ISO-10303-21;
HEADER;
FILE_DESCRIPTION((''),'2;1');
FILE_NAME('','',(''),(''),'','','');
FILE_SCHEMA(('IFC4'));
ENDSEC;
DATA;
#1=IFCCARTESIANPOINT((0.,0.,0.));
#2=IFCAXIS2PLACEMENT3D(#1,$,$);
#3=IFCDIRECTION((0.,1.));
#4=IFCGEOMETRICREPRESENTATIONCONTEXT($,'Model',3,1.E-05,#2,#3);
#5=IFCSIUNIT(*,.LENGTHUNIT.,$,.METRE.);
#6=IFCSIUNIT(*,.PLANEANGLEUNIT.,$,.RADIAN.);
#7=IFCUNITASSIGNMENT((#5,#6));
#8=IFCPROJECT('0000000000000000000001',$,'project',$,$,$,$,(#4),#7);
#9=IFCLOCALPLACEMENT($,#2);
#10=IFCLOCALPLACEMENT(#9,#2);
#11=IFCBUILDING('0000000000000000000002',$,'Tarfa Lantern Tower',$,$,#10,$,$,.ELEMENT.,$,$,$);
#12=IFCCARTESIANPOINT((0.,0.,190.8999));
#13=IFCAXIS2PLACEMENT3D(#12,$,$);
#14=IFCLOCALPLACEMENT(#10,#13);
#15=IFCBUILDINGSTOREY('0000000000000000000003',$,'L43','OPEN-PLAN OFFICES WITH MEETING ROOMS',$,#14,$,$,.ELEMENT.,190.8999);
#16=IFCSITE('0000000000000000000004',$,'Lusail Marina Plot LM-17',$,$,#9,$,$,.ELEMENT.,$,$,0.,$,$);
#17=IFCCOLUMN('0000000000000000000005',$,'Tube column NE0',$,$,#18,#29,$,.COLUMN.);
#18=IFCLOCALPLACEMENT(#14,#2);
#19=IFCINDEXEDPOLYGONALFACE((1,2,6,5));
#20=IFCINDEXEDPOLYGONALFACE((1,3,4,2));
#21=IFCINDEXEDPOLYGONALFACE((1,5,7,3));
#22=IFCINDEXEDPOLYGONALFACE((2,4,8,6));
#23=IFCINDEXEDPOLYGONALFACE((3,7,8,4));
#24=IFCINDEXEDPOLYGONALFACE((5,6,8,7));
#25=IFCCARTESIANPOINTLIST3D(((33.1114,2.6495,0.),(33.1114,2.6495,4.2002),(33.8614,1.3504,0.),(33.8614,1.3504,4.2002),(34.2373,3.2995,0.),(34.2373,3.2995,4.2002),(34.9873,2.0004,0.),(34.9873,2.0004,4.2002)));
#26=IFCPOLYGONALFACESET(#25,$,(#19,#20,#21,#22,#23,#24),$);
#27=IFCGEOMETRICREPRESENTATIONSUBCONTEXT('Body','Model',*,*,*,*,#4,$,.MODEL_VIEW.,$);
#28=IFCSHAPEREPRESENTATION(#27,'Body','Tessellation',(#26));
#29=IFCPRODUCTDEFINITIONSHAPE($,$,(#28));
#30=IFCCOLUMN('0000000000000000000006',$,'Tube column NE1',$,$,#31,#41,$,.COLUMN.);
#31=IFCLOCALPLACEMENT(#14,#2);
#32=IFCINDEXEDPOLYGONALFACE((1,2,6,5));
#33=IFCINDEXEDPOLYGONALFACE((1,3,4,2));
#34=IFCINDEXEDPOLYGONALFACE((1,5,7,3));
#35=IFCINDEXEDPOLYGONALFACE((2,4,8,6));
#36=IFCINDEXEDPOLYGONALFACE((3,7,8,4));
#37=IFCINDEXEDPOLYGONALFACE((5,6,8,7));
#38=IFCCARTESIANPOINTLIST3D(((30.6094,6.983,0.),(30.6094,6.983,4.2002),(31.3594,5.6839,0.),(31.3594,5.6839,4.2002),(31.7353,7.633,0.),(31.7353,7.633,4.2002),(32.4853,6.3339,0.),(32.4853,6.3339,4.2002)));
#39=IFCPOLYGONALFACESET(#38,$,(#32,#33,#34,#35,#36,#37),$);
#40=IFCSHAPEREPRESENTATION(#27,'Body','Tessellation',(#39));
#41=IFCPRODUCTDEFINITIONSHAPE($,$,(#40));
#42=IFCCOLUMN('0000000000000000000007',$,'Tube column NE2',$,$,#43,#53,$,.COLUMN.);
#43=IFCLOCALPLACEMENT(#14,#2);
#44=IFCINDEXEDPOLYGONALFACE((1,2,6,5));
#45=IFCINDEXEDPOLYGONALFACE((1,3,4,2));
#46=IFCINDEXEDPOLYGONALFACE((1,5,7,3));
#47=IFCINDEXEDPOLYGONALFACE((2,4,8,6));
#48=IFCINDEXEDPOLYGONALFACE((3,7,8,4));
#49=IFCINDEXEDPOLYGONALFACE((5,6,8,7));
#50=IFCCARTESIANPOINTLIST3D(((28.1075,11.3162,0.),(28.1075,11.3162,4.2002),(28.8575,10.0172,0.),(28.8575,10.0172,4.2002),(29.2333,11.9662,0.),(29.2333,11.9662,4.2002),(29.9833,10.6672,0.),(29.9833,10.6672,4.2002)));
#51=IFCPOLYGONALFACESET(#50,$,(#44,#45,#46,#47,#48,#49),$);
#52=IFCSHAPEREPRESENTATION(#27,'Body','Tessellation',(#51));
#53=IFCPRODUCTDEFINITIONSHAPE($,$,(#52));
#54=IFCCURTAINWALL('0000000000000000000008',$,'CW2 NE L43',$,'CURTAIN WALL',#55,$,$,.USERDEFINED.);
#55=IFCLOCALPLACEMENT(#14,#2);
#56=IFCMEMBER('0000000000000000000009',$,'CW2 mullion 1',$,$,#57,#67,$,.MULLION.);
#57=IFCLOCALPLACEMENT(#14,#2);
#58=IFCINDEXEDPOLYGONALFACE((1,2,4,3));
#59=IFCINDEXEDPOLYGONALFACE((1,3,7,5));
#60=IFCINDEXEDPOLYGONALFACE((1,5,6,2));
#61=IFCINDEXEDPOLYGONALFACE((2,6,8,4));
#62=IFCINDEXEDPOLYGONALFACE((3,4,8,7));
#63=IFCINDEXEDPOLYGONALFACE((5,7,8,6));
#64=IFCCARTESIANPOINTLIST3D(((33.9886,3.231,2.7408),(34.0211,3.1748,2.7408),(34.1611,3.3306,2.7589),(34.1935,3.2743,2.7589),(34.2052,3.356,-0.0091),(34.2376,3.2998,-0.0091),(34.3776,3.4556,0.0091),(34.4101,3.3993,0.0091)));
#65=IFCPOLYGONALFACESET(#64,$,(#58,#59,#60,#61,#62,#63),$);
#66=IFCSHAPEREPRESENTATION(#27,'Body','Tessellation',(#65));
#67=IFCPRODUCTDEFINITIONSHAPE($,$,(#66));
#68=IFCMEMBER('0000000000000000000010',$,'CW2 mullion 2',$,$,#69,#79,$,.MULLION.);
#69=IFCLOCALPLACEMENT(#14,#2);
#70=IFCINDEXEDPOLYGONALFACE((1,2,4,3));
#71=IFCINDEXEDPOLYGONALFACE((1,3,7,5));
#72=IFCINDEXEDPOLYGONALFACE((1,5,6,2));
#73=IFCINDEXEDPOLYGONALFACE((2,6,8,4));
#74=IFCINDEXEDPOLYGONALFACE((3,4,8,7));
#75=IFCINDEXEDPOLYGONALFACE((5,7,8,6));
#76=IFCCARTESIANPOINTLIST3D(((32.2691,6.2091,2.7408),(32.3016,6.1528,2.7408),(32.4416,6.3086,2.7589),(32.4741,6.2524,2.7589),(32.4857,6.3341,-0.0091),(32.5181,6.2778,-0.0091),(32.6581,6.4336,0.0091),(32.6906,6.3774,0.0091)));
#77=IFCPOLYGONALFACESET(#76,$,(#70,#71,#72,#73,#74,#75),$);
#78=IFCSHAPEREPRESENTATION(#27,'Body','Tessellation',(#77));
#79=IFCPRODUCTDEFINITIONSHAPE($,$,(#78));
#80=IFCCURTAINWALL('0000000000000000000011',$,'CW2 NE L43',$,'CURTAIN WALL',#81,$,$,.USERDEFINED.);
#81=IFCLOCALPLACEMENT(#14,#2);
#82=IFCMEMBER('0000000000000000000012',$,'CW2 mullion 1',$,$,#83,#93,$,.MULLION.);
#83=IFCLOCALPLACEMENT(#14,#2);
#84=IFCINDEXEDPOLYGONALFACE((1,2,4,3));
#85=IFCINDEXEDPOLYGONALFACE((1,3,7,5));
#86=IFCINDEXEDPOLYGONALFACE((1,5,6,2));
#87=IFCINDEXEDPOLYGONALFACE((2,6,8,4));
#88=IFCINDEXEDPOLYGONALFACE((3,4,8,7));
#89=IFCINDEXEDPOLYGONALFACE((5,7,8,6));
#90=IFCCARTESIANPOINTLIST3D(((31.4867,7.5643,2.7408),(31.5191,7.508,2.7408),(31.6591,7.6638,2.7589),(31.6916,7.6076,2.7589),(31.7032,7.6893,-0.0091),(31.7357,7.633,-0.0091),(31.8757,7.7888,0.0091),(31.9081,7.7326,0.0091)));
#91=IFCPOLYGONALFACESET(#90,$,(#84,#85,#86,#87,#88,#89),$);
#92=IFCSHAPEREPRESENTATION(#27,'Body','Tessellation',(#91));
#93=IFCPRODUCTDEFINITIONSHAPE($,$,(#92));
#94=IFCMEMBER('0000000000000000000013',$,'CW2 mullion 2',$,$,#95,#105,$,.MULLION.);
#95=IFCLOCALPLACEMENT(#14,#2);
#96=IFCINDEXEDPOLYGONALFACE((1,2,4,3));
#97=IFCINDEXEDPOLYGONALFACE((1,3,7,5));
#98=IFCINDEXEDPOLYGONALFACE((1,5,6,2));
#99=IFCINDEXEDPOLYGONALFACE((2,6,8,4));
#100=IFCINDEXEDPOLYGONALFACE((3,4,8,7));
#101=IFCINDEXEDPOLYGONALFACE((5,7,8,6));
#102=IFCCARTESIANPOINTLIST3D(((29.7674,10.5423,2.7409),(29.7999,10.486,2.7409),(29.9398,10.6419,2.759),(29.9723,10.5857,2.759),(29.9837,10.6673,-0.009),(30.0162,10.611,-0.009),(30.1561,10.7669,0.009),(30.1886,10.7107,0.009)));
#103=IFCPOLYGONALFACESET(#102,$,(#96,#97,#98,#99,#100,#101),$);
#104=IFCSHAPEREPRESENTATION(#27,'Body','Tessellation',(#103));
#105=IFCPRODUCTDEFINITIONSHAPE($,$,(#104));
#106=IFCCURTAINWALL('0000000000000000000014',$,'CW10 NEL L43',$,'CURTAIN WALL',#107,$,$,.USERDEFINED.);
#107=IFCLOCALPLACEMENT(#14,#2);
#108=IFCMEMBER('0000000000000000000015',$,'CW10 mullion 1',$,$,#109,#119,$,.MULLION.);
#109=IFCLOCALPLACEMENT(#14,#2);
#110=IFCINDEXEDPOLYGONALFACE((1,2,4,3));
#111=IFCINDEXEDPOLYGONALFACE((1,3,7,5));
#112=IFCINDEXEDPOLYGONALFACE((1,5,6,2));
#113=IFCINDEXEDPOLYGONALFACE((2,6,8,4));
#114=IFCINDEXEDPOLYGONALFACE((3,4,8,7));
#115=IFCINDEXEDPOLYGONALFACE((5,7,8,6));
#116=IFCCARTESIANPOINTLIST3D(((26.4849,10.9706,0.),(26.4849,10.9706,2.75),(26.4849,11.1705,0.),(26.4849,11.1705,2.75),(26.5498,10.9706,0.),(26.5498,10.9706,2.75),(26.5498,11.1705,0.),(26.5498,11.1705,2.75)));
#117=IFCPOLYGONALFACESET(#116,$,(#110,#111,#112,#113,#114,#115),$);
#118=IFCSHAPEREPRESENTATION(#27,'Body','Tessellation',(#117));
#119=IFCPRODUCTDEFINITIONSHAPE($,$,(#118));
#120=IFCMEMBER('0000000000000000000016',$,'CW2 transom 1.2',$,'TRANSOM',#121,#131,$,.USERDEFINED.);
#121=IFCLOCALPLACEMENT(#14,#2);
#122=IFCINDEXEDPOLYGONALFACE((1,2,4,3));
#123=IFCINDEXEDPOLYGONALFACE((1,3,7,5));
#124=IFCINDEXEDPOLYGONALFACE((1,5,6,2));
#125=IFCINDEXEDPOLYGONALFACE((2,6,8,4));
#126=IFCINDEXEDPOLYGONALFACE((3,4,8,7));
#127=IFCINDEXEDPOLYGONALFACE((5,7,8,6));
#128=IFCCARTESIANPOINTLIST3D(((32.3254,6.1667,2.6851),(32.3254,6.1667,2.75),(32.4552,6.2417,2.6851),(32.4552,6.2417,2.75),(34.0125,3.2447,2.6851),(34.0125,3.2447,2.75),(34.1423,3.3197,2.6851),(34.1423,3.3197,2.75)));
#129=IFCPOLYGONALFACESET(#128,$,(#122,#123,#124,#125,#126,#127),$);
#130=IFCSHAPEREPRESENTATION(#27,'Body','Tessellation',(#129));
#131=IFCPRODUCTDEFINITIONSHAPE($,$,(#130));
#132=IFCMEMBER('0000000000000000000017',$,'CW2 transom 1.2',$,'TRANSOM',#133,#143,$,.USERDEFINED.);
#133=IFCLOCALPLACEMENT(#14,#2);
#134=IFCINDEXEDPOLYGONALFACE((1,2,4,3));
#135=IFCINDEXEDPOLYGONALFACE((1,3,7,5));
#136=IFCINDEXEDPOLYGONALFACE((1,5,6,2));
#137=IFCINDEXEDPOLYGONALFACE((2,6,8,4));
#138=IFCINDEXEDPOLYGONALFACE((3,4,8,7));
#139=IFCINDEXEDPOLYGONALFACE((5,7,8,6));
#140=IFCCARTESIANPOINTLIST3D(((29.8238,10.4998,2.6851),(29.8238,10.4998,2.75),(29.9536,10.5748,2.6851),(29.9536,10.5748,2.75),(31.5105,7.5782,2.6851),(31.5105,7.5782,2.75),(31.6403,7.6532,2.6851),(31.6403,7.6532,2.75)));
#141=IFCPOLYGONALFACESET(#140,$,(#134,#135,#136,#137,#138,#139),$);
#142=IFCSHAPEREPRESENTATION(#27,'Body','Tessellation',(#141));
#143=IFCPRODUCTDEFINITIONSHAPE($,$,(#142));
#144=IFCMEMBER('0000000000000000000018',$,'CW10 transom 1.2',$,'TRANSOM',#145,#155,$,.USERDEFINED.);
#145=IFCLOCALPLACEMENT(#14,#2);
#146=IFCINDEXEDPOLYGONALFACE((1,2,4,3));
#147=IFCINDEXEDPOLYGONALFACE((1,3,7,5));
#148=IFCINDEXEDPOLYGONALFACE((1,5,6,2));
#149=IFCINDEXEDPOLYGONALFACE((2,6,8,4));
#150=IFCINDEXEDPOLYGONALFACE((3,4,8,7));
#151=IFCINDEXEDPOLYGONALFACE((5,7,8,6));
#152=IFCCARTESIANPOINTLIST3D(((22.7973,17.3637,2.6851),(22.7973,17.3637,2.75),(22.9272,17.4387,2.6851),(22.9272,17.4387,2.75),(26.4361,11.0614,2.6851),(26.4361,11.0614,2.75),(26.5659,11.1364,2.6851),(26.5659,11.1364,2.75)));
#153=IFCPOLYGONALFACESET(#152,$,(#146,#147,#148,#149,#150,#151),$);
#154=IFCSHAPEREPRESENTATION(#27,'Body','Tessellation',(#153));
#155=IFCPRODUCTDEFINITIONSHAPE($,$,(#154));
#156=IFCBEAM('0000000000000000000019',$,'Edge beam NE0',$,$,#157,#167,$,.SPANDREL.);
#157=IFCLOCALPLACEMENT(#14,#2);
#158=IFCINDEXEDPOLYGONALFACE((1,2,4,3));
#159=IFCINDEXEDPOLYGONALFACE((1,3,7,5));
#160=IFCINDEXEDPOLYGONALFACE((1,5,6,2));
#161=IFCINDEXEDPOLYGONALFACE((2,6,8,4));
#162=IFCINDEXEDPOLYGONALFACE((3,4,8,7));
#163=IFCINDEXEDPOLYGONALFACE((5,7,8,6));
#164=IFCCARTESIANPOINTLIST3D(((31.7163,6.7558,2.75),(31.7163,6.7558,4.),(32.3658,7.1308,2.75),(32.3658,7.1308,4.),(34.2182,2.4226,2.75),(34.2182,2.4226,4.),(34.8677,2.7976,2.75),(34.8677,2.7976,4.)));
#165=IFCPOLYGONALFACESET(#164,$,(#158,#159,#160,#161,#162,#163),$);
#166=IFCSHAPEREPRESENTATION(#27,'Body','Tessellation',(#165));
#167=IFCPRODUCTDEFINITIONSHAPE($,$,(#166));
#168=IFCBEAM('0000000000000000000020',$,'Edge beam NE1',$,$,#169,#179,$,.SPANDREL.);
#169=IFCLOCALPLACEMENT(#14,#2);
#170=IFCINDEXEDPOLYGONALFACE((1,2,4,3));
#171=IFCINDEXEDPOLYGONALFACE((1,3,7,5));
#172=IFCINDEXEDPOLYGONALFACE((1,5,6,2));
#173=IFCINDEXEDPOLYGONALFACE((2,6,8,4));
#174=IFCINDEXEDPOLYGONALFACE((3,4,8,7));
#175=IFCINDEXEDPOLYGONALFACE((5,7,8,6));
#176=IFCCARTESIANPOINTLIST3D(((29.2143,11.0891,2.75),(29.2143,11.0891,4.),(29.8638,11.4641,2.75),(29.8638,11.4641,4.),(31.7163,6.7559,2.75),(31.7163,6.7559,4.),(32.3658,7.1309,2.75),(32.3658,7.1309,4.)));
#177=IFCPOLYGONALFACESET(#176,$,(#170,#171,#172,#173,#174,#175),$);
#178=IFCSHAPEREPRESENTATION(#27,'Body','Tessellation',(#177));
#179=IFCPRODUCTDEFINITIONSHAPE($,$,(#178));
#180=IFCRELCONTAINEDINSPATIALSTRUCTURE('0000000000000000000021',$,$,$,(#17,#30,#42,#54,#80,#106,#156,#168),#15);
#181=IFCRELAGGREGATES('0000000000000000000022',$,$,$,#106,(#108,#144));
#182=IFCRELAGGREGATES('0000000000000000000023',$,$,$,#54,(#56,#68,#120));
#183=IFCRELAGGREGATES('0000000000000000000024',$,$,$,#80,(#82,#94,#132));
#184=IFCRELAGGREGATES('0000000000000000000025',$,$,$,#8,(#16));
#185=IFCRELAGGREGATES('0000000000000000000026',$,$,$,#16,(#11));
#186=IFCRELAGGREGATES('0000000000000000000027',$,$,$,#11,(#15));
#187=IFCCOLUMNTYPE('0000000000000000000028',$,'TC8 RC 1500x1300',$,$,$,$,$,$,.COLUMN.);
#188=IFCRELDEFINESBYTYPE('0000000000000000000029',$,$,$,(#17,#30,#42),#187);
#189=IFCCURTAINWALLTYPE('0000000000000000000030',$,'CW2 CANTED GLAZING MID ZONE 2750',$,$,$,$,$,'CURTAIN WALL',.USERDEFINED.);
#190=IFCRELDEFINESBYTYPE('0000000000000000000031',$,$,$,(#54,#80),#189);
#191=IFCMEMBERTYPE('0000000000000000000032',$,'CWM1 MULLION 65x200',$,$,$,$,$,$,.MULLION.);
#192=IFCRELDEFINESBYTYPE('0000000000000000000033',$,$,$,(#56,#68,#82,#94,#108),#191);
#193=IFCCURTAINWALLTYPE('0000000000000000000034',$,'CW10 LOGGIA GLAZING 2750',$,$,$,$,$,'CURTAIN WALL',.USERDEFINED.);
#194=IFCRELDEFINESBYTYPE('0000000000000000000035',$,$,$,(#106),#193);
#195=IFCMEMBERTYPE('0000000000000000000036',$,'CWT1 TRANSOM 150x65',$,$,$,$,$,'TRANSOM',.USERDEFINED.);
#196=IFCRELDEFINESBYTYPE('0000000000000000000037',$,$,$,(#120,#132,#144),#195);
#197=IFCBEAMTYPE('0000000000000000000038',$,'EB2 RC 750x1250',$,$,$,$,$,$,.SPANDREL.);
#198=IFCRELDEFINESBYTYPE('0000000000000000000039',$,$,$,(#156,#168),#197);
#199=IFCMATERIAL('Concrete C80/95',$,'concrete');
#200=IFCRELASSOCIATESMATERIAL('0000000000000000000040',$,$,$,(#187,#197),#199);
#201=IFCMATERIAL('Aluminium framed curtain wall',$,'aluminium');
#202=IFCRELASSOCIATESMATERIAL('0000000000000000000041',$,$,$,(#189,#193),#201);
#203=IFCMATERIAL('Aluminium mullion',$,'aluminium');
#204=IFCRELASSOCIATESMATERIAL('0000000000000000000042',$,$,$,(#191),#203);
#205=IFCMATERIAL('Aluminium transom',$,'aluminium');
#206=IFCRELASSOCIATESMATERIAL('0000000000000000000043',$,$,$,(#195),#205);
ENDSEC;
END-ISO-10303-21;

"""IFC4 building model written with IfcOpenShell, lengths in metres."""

from ifc_helpers import new_model, si_unit, direction, frame, origin, origin_2d, place, context, subcontext, project, spatial, rectangle, extrude, material, material_profile, profile_set, type_object, element, aggregate, save


model = new_model("IFC4")

# Units and contexts
model_context = context("Model", 3, precision=1e-05, world=origin(), true_north=direction((0.0, 1.0)))
body_context = subcontext(model_context, "Body", "Model", "MODEL_VIEW")
ifc_project = project(units=[si_unit("LENGTHUNIT", "METRE"), si_unit("PLANEANGLEUNIT", "RADIAN")], contexts=[model_context])

# Site, building, storey
site_placement = place(None, origin())
site = spatial("IfcSite", under=ifc_project, at=site_placement, Name="Lusail Marina Plot LM-17", CompositionType="ELEMENT", RefElevation=0.0)
building_placement = place(site_placement, origin())
building = spatial("IfcBuilding", under=site, at=building_placement, Name="Tarfa Lantern Tower", CompositionType="ELEMENT")
storey_placement = place(building_placement, frame((0.0, 0.0, 190.8999)))
storey = spatial("IfcBuildingStorey", under=building, at=storey_placement, Name="L43", Description="OPEN-PLAN OFFICES WITH MEETING ROOMS", CompositionType="ELEMENT", Elevation=190.8999)

# Columns
ifc_material_1 = material(Name="Concrete C80/95", Category="concrete")
ifc_material_profile_1 = material_profile(ifc_material_1, rectangle(XDim=1.5, YDim=1.3, at=origin_2d()), Name="RC 1500x1300")
ifc_profile_set_1 = profile_set([ifc_material_profile_1], Name="Concrete C80/95")
column_type = type_object("IfcColumnType", Name="TC8 RC 1500x1300", PredefinedType="COLUMN", material=ifc_profile_set_1)
for number, where, z_axis, x_axis, name in (
    (1, (34.0493, 2.325, 0.0), (0.0, 0.0, 1.0), (-0.5, 0.866025, 0.0), "Tube column NE0"),
    (2, (31.5474, 6.6584, 0.0), (0.0, 0.0, 1.0), (-0.5, 0.866025, 0.0), "Tube column NE1"),
    (3, (29.0454, 10.9917, 0.0), (0.0, 0.0, 1.0), (-0.5, 0.866025, 0.0), "Tube column NE2"),
):
    element("IfcColumn", number, at=place(storey_placement, frame(where, z_axis=z_axis, x_axis=x_axis)), inside=storey, type_object=column_type, Name=name, PredefinedType="COLUMN", context=body_context, shape_type="SweptSolid", body=[
        extrude(rectangle(XDim=1.5, YDim=1.3, at=origin_2d()), origin(), (0.0, 0.0, 1.0), 4.2002),
    ])

# Curtain walls, members
ifc_material_2 = material(Name="Aluminium framed curtain wall", Category="aluminium")
curtain_wall_type_1 = type_object("IfcCurtainWallType", Name="CW2 CANTED GLAZING MID ZONE 2750", ElementType="CURTAIN WALL", PredefinedType="USERDEFINED", material=ifc_material_2)
curtain_wall_1_placement = place(storey_placement, origin())
curtain_wall_1 = element("IfcCurtainWall", 4, at=curtain_wall_1_placement, inside=storey, type_object=curtain_wall_type_1, Name="CW2 NE L43", ObjectType="CURTAIN WALL", PredefinedType="USERDEFINED")
ifc_material_3 = material(Name="Aluminium mullion", Category="aluminium")
ifc_material_profile_2 = material_profile(ifc_material_3, rectangle(XDim=0.0649, YDim=0.2, at=origin_2d()), Name="AL MULLION 65x200")
ifc_profile_set_2 = profile_set([ifc_material_profile_2], Name="Aluminium mullion")
member_type_1 = type_object("IfcMemberType", Name="CWM1 MULLION 65x200", PredefinedType="MULLION", material=ifc_profile_set_2)
member_1_placement = place(storey_placement, frame((34.3076, 3.3777, 0.0), z_axis=(-0.078423, -0.045268, 0.995892), x_axis=(0.49992, -0.866072, 0.0)))
member_1 = element("IfcMember", 5, at=member_1_placement, type_object=member_type_1, Name="CW2 mullion 1", PredefinedType="MULLION", context=body_context, shape_type="SweptSolid", body=[
    extrude(rectangle(XDim=0.0649, YDim=0.2, at=origin_2d()), origin(), (0.0, 0.0, 1.0), 2.7612),
])
member_2_placement = place(storey_placement, frame((32.5881, 6.3557, 0.0), z_axis=(-0.078423, -0.045268, 0.995892), x_axis=(0.49992, -0.866072, 0.0)))
member_2 = element("IfcMember", 6, at=member_2_placement, type_object=member_type_1, Name="CW2 mullion 2", PredefinedType="MULLION", context=body_context, shape_type="SweptSolid", body=[
    extrude(rectangle(XDim=0.0649, YDim=0.2, at=origin_2d()), origin(), (0.0, 0.0, 1.0), 2.7612),
])
curtain_wall_2_placement = place(storey_placement, origin())
curtain_wall_2 = element("IfcCurtainWall", 7, at=curtain_wall_2_placement, inside=storey, type_object=curtain_wall_type_1, Name="CW2 NE L43", ObjectType="CURTAIN WALL", PredefinedType="USERDEFINED")
member_3_placement = place(storey_placement, frame((31.8057, 7.7109, 0.0), z_axis=(-0.078423, -0.045268, 0.995892), x_axis=(0.49992, -0.866072, 0.0)))
member_3 = element("IfcMember", 8, at=member_3_placement, type_object=member_type_1, Name="CW2 mullion 1", PredefinedType="MULLION", context=body_context, shape_type="SweptSolid", body=[
    extrude(rectangle(XDim=0.0649, YDim=0.2, at=origin_2d()), origin(), (0.0, 0.0, 1.0), 2.7612),
])
member_4_placement = place(storey_placement, frame((30.0862, 10.689, 0.0), z_axis=(-0.078335, -0.045268, 0.995899), x_axis=(0.500343, -0.865827, 0.0)))
member_4 = element("IfcMember", 9, at=member_4_placement, type_object=member_type_1, Name="CW2 mullion 2", PredefinedType="MULLION", context=body_context, shape_type="SweptSolid", body=[
    extrude(rectangle(XDim=0.0649, YDim=0.2, at=origin_2d()), origin(), (0.0, 0.0, 1.0), 2.7612),
])

# Curtain wall, member
curtain_wall_type_2 = type_object("IfcCurtainWallType", Name="CW10 LOGGIA GLAZING 2750", ElementType="CURTAIN WALL", PredefinedType="USERDEFINED", material=ifc_material_2)
curtain_wall_3_placement = place(storey_placement, origin())
curtain_wall_3 = element("IfcCurtainWall", 10, at=curtain_wall_3_placement, inside=storey, type_object=curtain_wall_type_2, Name="CW10 NEL L43", ObjectType="CURTAIN WALL", PredefinedType="USERDEFINED")
member_5_placement = place(storey_placement, frame((26.5173, 11.0706, 0.0), z_axis=(0.0, 0.0, 1.0), x_axis=(1.0, 0.0, 0.0)))
member_5 = element("IfcMember", 11, at=member_5_placement, type_object=member_type_1, Name="CW10 mullion 1", PredefinedType="MULLION", context=body_context, shape_type="SweptSolid", body=[
    extrude(rectangle(XDim=0.0649, YDim=0.2, at=origin_2d()), origin(), (0.0, 0.0, 1.0), 2.75),
])

# Members
ifc_material_4 = material(Name="Aluminium transom", Category="aluminium")
ifc_material_profile_3 = material_profile(ifc_material_4, rectangle(XDim=0.1499, YDim=0.0649, at=origin_2d()), Name="AL TRANSOM 150x65")
ifc_profile_set_3 = profile_set([ifc_material_profile_3], Name="Aluminium transom")
member_type_2 = type_object("IfcMemberType", Name="CWT1 TRANSOM 150x65", ElementType="TRANSOM", PredefinedType="USERDEFINED", material=ifc_profile_set_3)
member_6_placement = place(storey_placement, frame((34.0774, 3.2822, 2.7175), z_axis=(-0.500015, 0.866017, 0.0), x_axis=(-0.866017, -0.500015, 0.0)))
member_6 = element("IfcMember", 12, at=member_6_placement, type_object=member_type_2, Name="CW2 transom 1.2", ObjectType="TRANSOM", PredefinedType="USERDEFINED", context=body_context, shape_type="SweptSolid", body=[
    extrude(rectangle(XDim=0.1499, YDim=0.0649, at=origin_2d()), origin(), (0.0, 0.0, 1.0), 3.374),
])
member_7_placement = place(storey_placement, frame((31.5754, 7.6157, 2.7175), z_axis=(-0.499992, 0.86603, 0.0), x_axis=(-0.86603, -0.499992, 0.0)))
member_7 = element("IfcMember", 13, at=member_7_placement, type_object=member_type_2, Name="CW2 transom 1.2", ObjectType="TRANSOM", PredefinedType="USERDEFINED", context=body_context, shape_type="SweptSolid", body=[
    extrude(rectangle(XDim=0.1499, YDim=0.0649, at=origin_2d()), origin(), (0.0, 0.0, 1.0), 3.3735),
])
member_8_placement = place(storey_placement, frame((26.501, 11.0989, 2.7175), z_axis=(-0.500007, 0.866021, 0.0), x_axis=(-0.866021, -0.500007, 0.0)))
member_8 = element("IfcMember", 14, at=member_8_placement, type_object=member_type_2, Name="CW10 transom 1.2", ObjectType="TRANSOM", PredefinedType="USERDEFINED", context=body_context, shape_type="SweptSolid", body=[
    extrude(rectangle(XDim=0.1499, YDim=0.0649, at=origin_2d()), origin(), (0.0, 0.0, 1.0), 7.2773),
])
aggregate(curtain_wall_3, [member_5, member_8])

# Beams
ifc_material_profile_4 = material_profile(ifc_material_1, rectangle(XDim=0.75, YDim=1.25, at=origin_2d()), Name="RC 750x1250")
ifc_profile_set_4 = profile_set([ifc_material_profile_4], Name="Concrete C80/95")
beam_type_1 = type_object("IfcBeamType", Name="EB2 RC 750x1250", PredefinedType="SPANDREL", material=ifc_profile_set_4)
for number, where, z_axis, x_axis, name in (
    (15, (34.543, 2.6101, 3.375), (-0.500022, 0.866013, 0.0), (-0.866013, -0.500022, 0.0), "Edge beam NE0"),
    (16, (32.041, 6.9434, 3.375), (-0.500022, 0.866013, 0.0), (-0.866013, -0.500022, 0.0), "Edge beam NE1"),
):
    element("IfcBeam", number, at=place(storey_placement, frame(where, z_axis=z_axis, x_axis=x_axis)), inside=storey, type_object=beam_type_1, Name=name, PredefinedType="SPANDREL", context=body_context, shape_type="SweptSolid", body=[
        extrude(rectangle(XDim=0.75, YDim=1.25, at=origin_2d()), origin(), (0.0, 0.0, 1.0), 5.0037),
    ])

aggregate(curtain_wall_1, [member_1, member_2, member_6])
aggregate(curtain_wall_2, [member_3, member_4, member_7])

save(model, "model.ifc")
